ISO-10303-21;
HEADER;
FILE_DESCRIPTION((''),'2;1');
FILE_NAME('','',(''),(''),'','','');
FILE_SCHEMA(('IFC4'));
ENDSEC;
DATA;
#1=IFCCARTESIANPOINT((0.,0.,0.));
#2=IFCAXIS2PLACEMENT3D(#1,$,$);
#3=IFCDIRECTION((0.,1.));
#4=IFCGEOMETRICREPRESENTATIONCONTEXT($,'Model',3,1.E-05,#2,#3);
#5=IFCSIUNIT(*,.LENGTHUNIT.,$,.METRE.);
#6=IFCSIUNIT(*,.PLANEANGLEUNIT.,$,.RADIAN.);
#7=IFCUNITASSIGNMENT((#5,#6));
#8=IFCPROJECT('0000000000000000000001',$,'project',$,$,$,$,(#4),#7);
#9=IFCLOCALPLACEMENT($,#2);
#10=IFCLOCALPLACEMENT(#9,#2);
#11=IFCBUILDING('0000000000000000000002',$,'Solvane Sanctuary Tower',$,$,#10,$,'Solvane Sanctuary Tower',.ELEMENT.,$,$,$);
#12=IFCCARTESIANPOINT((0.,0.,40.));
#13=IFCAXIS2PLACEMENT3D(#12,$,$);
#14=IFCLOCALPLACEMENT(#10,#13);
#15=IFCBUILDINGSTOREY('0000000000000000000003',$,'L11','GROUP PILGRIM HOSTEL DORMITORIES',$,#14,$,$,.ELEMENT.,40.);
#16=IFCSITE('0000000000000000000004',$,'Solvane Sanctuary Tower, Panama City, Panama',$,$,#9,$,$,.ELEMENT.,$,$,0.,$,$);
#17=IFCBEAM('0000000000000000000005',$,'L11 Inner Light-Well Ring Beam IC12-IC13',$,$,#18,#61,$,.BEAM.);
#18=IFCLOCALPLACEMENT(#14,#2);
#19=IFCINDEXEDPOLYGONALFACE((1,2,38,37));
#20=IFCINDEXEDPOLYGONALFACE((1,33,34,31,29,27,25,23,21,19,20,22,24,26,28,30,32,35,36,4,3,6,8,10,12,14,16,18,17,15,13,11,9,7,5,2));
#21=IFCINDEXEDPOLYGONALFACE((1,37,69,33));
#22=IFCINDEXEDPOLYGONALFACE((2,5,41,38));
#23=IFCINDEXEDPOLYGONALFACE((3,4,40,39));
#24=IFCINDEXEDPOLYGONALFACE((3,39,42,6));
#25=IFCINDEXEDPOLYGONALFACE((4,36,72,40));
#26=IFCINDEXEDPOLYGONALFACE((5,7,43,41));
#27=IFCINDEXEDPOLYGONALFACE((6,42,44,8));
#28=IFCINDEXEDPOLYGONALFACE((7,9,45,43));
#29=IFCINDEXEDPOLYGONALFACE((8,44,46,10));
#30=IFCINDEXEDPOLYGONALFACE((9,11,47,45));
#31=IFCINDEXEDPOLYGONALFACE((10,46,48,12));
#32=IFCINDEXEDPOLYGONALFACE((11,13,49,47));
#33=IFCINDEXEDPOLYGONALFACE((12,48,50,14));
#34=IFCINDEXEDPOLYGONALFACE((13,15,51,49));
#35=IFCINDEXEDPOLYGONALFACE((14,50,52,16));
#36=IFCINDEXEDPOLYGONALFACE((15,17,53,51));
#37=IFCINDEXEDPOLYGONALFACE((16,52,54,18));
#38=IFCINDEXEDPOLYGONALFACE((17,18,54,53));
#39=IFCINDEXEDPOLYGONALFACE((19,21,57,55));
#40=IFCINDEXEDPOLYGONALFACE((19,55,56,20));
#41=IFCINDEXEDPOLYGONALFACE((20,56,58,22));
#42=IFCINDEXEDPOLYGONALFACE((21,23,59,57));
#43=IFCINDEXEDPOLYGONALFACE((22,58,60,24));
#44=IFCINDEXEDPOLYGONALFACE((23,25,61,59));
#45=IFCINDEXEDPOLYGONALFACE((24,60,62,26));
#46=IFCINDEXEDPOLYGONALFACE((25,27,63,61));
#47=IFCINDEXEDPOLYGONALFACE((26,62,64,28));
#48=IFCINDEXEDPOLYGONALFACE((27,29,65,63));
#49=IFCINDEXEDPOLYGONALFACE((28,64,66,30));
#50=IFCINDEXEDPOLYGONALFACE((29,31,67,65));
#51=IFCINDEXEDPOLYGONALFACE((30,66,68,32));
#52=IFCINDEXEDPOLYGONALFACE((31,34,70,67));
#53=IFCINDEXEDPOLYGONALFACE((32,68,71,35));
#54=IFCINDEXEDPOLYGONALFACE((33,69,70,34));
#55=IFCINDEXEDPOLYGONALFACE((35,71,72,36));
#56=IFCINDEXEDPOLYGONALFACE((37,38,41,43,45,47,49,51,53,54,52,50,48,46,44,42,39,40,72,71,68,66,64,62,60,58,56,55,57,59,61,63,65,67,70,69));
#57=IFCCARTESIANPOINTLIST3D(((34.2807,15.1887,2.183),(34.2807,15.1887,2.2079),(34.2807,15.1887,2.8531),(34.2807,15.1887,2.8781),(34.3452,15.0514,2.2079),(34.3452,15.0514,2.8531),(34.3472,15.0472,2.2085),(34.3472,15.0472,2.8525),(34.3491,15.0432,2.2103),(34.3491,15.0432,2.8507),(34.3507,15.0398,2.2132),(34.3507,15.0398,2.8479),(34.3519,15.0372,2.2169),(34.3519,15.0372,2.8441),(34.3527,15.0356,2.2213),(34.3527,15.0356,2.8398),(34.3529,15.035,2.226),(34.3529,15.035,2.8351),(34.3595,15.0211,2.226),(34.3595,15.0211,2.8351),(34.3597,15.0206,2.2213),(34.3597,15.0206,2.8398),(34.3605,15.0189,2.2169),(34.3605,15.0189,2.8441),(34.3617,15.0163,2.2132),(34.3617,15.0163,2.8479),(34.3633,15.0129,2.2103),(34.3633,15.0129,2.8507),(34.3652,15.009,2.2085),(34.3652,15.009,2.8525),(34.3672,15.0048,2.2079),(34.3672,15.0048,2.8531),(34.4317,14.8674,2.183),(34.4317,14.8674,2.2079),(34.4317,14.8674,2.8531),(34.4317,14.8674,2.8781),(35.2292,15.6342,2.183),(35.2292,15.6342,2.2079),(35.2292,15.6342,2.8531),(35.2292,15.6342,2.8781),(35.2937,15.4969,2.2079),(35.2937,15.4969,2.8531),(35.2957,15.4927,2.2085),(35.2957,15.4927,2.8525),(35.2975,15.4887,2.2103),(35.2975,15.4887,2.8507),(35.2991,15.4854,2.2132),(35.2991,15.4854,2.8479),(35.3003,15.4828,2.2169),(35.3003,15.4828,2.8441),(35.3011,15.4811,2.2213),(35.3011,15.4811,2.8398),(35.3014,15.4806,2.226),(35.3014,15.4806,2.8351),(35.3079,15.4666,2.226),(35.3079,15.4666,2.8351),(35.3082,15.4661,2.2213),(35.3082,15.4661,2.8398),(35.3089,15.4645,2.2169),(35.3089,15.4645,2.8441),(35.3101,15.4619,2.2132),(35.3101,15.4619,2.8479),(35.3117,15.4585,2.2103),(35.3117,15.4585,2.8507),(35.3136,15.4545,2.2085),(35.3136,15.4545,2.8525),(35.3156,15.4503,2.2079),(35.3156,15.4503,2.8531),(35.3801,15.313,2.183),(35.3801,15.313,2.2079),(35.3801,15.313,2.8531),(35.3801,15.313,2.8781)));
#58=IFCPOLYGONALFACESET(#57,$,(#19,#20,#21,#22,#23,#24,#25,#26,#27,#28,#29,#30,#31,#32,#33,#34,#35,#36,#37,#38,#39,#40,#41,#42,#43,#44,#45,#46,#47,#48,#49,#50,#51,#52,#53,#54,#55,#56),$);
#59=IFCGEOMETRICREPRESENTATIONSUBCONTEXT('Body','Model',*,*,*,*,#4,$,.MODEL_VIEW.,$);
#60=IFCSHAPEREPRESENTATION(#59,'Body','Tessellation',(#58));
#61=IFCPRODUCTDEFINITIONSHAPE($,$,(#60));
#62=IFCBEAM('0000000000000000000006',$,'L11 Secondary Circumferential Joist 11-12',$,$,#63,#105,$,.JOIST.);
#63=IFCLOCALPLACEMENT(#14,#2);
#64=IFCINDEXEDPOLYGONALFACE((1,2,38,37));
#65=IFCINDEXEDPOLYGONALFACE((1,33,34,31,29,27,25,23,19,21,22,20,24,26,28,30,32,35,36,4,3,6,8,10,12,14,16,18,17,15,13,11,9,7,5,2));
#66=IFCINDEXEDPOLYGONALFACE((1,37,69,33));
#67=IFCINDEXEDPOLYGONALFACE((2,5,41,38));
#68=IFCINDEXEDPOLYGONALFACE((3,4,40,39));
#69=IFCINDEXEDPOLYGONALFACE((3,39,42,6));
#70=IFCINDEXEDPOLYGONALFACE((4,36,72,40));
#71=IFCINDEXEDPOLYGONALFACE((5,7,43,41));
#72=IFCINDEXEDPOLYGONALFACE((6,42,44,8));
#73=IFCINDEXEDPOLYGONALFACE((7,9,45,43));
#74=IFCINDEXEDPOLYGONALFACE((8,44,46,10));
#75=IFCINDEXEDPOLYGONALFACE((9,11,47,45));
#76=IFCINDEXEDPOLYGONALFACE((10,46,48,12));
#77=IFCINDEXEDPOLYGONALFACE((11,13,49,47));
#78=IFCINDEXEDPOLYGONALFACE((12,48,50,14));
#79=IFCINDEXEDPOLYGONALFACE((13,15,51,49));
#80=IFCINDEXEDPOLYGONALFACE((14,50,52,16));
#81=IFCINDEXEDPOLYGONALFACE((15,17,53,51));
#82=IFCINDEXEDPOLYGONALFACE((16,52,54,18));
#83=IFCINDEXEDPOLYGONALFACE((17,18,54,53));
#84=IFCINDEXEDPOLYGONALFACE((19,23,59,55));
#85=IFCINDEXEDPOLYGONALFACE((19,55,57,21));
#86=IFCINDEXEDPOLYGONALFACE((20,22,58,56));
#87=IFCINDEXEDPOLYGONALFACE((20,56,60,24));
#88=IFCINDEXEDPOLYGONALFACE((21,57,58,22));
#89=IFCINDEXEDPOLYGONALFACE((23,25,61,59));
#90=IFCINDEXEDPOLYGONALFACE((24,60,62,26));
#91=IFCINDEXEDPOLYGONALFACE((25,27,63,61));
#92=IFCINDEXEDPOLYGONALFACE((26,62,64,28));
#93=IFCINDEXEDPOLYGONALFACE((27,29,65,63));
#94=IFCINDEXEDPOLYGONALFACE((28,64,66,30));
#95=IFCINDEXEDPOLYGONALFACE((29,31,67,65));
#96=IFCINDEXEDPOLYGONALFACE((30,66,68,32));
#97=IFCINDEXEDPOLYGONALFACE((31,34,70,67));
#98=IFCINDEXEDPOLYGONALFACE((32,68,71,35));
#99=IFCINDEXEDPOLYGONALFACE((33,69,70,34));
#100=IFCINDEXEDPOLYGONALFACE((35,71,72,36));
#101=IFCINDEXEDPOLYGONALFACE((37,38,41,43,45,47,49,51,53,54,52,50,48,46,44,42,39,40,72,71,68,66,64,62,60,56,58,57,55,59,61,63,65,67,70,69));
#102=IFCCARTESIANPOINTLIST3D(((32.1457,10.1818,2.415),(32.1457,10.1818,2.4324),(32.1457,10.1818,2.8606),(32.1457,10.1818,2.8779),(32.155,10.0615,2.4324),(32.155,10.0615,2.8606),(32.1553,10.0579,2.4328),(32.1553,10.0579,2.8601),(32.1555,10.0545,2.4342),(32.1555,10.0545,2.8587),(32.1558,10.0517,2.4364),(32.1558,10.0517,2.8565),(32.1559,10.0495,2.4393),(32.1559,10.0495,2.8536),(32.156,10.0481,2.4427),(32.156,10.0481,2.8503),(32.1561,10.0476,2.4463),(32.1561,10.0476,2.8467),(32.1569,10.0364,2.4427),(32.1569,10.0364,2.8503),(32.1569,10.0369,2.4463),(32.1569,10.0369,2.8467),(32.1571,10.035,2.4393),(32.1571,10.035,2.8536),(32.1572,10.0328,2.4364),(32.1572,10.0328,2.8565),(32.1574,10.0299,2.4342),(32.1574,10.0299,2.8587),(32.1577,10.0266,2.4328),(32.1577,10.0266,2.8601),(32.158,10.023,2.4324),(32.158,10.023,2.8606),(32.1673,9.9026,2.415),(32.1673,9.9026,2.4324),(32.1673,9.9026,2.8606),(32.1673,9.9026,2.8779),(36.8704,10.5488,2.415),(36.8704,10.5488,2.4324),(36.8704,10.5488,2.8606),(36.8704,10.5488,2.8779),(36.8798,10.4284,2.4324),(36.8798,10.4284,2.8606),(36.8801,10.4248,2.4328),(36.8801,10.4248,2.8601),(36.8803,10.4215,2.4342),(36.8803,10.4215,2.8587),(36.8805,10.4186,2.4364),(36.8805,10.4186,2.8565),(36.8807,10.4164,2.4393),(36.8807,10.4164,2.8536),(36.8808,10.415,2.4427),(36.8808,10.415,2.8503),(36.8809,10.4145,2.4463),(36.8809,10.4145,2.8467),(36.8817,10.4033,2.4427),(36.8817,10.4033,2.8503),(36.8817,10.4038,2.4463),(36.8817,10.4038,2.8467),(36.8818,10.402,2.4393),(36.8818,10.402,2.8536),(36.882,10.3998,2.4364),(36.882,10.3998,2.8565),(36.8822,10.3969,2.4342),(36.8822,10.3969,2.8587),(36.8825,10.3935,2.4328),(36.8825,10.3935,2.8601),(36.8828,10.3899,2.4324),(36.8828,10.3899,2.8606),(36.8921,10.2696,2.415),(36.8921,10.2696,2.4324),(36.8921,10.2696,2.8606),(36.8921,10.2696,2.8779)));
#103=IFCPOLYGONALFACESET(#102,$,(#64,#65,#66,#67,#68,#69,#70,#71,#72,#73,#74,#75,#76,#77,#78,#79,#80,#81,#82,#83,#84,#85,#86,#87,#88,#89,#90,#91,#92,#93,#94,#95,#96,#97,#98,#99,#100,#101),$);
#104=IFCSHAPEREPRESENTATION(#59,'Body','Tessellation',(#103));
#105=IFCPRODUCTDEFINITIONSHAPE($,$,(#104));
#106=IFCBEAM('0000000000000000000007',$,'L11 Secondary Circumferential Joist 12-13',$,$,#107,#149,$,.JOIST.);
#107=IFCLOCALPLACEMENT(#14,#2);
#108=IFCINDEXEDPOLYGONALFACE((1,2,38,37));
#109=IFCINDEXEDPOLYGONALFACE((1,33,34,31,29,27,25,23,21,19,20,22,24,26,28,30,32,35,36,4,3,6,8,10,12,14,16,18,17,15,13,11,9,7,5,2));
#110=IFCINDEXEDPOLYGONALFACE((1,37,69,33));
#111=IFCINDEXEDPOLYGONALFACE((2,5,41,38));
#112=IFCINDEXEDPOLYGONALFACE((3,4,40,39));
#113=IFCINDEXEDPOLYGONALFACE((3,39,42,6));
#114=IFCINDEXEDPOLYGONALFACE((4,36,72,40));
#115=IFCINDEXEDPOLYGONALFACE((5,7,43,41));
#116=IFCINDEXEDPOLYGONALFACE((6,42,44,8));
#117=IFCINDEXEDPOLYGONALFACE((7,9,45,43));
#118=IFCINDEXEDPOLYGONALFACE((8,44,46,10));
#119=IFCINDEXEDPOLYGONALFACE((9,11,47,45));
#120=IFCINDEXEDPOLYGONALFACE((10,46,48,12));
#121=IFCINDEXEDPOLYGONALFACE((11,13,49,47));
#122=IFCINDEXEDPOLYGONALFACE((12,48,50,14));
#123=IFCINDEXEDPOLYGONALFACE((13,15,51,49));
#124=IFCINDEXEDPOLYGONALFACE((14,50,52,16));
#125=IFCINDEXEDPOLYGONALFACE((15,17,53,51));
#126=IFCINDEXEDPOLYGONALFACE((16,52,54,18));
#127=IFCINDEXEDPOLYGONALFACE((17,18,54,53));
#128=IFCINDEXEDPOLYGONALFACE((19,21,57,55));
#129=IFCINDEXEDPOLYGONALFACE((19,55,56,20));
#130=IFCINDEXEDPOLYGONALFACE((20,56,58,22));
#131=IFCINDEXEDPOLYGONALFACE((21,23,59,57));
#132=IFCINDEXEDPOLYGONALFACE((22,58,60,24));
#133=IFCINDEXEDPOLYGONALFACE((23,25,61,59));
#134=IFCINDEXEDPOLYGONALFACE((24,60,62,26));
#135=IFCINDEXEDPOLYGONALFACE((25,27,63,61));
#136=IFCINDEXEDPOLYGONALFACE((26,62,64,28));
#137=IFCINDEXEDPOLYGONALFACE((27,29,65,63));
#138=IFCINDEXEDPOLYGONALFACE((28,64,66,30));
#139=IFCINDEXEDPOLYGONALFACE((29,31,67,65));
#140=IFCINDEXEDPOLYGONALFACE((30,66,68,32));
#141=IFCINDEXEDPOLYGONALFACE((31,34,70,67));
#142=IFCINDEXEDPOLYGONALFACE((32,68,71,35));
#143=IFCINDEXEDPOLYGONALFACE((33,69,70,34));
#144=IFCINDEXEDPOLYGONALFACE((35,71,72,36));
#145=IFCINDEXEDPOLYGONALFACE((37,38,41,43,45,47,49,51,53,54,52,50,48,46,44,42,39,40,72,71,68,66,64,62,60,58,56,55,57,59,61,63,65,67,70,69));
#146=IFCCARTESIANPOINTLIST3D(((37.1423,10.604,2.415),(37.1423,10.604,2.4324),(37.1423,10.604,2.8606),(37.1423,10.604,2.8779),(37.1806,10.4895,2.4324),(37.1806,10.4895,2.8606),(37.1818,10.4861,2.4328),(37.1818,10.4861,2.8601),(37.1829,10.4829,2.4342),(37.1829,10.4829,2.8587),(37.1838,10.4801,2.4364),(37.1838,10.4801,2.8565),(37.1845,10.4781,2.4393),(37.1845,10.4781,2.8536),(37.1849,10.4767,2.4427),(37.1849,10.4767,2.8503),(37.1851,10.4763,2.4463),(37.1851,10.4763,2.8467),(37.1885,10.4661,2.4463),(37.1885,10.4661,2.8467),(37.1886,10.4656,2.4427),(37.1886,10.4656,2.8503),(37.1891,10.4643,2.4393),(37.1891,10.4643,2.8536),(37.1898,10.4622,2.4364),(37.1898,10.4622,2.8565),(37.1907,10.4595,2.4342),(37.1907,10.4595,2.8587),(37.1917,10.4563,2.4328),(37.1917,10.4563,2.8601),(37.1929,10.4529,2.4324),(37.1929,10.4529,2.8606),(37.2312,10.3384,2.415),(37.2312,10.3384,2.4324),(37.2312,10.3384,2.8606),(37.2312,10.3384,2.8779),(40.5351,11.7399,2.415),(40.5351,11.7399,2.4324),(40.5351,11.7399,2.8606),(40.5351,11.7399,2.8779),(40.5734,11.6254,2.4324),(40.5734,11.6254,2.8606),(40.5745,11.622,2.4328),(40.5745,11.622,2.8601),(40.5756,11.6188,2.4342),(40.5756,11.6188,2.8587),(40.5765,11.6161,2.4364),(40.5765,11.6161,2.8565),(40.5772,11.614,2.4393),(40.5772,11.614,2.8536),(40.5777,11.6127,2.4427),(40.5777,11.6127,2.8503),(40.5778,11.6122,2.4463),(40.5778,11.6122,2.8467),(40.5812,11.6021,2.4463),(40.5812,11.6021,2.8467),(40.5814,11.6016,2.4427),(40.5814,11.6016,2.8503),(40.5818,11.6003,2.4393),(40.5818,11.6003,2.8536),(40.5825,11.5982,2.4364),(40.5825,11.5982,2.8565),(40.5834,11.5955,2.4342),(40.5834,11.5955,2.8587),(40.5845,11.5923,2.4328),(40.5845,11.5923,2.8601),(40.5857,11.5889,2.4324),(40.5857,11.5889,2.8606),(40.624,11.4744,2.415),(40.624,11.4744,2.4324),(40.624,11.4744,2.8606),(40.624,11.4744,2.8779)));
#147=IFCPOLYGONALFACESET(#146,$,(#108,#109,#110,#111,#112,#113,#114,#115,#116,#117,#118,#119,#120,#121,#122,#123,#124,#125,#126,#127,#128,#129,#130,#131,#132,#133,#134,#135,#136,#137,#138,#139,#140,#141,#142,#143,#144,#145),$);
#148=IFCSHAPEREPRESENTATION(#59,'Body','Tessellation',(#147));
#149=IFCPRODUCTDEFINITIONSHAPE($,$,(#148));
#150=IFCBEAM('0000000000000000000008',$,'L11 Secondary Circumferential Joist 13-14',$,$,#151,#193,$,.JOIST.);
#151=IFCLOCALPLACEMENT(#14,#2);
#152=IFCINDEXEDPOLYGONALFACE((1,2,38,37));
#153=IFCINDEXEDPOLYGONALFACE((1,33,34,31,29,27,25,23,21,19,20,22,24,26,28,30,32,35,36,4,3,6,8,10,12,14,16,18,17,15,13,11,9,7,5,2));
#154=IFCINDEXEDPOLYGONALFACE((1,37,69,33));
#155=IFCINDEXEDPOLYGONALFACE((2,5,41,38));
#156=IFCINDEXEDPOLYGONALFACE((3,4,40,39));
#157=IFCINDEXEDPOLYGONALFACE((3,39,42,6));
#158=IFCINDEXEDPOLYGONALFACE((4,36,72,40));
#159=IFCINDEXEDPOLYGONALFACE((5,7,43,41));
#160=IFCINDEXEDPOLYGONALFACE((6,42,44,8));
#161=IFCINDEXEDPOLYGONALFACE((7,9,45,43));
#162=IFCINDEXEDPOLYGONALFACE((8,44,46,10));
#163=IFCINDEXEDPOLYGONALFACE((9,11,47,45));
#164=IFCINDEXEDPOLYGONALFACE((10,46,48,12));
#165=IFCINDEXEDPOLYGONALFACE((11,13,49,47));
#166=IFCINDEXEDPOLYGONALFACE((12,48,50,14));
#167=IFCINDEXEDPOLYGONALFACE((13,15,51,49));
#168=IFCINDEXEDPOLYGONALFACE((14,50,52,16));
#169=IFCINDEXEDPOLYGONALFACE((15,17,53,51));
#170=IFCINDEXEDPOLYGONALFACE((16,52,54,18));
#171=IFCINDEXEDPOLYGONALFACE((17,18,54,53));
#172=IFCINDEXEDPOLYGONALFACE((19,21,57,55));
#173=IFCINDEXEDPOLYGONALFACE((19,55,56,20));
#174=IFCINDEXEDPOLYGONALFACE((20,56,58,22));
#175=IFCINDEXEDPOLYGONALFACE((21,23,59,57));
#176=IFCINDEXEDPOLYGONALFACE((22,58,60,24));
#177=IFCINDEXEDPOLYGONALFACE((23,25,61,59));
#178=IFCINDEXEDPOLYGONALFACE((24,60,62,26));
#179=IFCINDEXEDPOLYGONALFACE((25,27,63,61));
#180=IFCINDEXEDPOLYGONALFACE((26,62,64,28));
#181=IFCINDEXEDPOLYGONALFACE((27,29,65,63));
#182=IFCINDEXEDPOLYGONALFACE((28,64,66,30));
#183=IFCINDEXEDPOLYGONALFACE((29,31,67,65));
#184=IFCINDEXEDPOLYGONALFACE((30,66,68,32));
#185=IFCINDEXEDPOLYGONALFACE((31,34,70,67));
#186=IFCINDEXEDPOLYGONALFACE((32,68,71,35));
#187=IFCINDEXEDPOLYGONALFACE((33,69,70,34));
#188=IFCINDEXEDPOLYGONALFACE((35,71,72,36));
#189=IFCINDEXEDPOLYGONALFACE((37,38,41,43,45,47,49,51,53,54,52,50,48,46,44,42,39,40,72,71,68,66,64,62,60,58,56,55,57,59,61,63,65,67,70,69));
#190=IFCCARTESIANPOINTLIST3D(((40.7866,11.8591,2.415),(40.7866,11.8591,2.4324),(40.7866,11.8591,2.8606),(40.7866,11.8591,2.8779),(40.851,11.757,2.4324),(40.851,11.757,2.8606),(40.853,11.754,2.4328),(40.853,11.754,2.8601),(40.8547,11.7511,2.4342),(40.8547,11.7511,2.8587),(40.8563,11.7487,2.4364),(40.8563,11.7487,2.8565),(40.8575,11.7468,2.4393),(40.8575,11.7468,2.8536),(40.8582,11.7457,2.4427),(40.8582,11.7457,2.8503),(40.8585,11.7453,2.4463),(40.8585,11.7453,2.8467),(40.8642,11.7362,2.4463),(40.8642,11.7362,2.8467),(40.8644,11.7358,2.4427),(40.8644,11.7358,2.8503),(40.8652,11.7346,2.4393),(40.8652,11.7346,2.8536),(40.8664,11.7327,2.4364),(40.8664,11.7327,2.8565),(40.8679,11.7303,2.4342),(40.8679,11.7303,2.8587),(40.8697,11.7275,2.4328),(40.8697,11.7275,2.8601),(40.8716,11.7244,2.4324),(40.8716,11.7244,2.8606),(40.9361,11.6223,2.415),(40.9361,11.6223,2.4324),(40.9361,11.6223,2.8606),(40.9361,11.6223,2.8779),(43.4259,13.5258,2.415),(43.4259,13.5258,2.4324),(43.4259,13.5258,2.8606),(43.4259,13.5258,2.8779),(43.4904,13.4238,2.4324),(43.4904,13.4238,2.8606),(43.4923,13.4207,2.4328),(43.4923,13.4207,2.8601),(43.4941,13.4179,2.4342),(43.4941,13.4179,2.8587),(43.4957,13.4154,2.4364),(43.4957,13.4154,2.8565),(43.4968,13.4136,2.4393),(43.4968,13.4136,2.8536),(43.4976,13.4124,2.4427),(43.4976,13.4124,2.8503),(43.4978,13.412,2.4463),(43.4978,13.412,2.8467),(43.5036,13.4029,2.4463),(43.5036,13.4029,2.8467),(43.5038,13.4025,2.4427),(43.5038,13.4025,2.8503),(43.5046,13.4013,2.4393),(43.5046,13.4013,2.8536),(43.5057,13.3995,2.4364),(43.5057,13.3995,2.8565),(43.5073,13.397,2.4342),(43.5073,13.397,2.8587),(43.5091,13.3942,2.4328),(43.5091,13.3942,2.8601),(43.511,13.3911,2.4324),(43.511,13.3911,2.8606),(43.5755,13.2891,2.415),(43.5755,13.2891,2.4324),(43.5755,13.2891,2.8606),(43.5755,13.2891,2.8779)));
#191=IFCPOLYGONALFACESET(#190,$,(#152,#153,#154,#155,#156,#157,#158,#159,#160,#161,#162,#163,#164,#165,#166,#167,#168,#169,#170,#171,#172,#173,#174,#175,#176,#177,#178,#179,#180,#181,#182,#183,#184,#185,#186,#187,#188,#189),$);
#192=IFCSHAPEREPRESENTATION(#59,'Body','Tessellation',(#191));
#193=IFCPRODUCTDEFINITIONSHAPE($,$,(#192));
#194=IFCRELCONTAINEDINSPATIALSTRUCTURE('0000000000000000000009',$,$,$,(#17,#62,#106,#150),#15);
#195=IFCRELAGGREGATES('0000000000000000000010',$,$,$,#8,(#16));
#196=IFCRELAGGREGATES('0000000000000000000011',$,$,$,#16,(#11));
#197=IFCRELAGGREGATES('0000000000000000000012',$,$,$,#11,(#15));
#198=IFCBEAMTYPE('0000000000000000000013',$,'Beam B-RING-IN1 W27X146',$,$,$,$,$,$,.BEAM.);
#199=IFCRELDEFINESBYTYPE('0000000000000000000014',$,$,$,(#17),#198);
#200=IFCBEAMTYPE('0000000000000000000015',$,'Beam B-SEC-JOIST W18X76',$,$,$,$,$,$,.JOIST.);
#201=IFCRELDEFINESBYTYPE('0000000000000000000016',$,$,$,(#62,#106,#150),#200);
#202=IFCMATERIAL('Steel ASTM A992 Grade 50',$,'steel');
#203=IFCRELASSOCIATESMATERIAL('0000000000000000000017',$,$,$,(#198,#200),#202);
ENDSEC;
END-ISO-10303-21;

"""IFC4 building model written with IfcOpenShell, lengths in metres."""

from ifc_helpers import new_model, si_unit, direction, frame, origin, origin_2d, place, context, subcontext, project, spatial, i_section, extrude, material, material_profile, profile_set, type_object, element, save


model = new_model("IFC4")

# Units and contexts
model_context = context("Model", 3, precision=1e-05, world=origin(), true_north=direction((0.0, 1.0)))
body_context = subcontext(model_context, "Body", "Model", "MODEL_VIEW")
ifc_project = project(units=[si_unit("LENGTHUNIT", "METRE"), si_unit("PLANEANGLEUNIT", "RADIAN")], contexts=[model_context])

# Site, building, storey
site_placement = place(None, origin())
site = spatial("IfcSite", under=ifc_project, at=site_placement, Name="Solvane Sanctuary Tower, Panama City, Panama", CompositionType="ELEMENT", RefElevation=0.0)
building_placement = place(site_placement, origin())
building = spatial("IfcBuilding", under=site, at=building_placement, Name="Solvane Sanctuary Tower", LongName="Solvane Sanctuary Tower", CompositionType="ELEMENT")
storey_placement = place(building_placement, frame((0.0, 0.0, 40.0)))
storey = spatial("IfcBuildingStorey", under=building, at=storey_placement, Name="L11", Description="GROUP PILGRIM HOSTEL DORMITORIES", CompositionType="ELEMENT", Elevation=40.0)

# Beams
ifc_material_1 = material(Name="Steel ASTM A992 Grade 50", Category="steel")
ifc_material_profile_1 = material_profile(ifc_material_1, i_section(OverallWidth=0.355, OverallDepth=0.6951, WebThickness=0.0154, FlangeThickness=0.0249, FilletRadius=0.0181, at=origin_2d()), Name="W27X146")
ifc_profile_set_1 = profile_set([ifc_material_profile_1], Name="Steel ASTM A992 Grade 50")
beam_type_1 = type_object("IfcBeamType", Name="Beam B-RING-IN1 W27X146", PredefinedType="BEAM", material=ifc_profile_set_1)
beam_1_placement = place(storey_placement, frame((34.3562, 15.0281, 2.5305), z_axis=(0.905109, 0.42518, 0.0), x_axis=(-0.42518, 0.905109, 0.0)))
element("IfcBeam", 1, at=beam_1_placement, inside=storey, type_object=beam_type_1, Name="L11 Inner Light-Well Ring Beam IC12-IC13", PredefinedType="BEAM", context=body_context, shape_type="SweptSolid", body=[
    extrude(i_section(OverallWidth=0.355, OverallDepth=0.6951, WebThickness=0.0154, FlangeThickness=0.0249, FilletRadius=0.0181, at=origin_2d()), origin(), (0.0, 0.0, 1.0), 1.0479),
])
ifc_material_profile_2 = material_profile(ifc_material_1, i_section(OverallWidth=0.28, OverallDepth=0.4629, WebThickness=0.0107, FlangeThickness=0.0173, FilletRadius=0.0139, at=origin_2d()), Name="W18X76")
ifc_profile_set_2 = profile_set([ifc_material_profile_2], Name="Steel ASTM A992 Grade 50")
beam_type_2 = type_object("IfcBeamType", Name="Beam B-SEC-JOIST W18X76", PredefinedType="JOIST", material=ifc_profile_set_2)
beam_2_placement = place(storey_placement, frame((32.1565, 10.0422, 2.6465), z_axis=(0.996998, 0.077429, 0.0), x_axis=(-0.077429, 0.996998, 0.0)))
element("IfcBeam", 2, at=beam_2_placement, inside=storey, type_object=beam_type_2, Name="L11 Secondary Circumferential Joist 11-12", PredefinedType="JOIST", context=body_context, shape_type="SweptSolid", body=[
    extrude(i_section(OverallWidth=0.28, OverallDepth=0.4629, WebThickness=0.0107, FlangeThickness=0.0173, FilletRadius=0.0139, at=origin_2d()), origin(), (0.0, 0.0, 1.0), 4.739),
])
beam_3_placement = place(storey_placement, frame((37.1868, 10.4712, 2.6465), z_axis=(0.948259, 0.317497, 0.0), x_axis=(-0.317497, 0.948259, 0.0)))
element("IfcBeam", 3, at=beam_3_placement, inside=storey, type_object=beam_type_2, Name="L11 Secondary Circumferential Joist 12-13", PredefinedType="JOIST", context=body_context, shape_type="SweptSolid", body=[
    extrude(i_section(OverallWidth=0.28, OverallDepth=0.4629, WebThickness=0.0107, FlangeThickness=0.0173, FilletRadius=0.0139, at=origin_2d()), origin(), (0.0, 0.0, 1.0), 3.5779),
])
beam_4_placement = place(storey_placement, frame((40.8613, 11.7407, 2.6465), z_axis=(0.845524, 0.533937, 0.0), x_axis=(-0.533937, 0.845524, 0.0)))
element("IfcBeam", 4, at=beam_4_placement, inside=storey, type_object=beam_type_2, Name="L11 Secondary Circumferential Joist 13-14", PredefinedType="JOIST", context=body_context, shape_type="SweptSolid", body=[
    extrude(i_section(OverallWidth=0.28, OverallDepth=0.4629, WebThickness=0.0107, FlangeThickness=0.0173, FilletRadius=0.0139, at=origin_2d()), origin(), (0.0, 0.0, 1.0), 3.1216),
])

save(model, "model.ifc")
